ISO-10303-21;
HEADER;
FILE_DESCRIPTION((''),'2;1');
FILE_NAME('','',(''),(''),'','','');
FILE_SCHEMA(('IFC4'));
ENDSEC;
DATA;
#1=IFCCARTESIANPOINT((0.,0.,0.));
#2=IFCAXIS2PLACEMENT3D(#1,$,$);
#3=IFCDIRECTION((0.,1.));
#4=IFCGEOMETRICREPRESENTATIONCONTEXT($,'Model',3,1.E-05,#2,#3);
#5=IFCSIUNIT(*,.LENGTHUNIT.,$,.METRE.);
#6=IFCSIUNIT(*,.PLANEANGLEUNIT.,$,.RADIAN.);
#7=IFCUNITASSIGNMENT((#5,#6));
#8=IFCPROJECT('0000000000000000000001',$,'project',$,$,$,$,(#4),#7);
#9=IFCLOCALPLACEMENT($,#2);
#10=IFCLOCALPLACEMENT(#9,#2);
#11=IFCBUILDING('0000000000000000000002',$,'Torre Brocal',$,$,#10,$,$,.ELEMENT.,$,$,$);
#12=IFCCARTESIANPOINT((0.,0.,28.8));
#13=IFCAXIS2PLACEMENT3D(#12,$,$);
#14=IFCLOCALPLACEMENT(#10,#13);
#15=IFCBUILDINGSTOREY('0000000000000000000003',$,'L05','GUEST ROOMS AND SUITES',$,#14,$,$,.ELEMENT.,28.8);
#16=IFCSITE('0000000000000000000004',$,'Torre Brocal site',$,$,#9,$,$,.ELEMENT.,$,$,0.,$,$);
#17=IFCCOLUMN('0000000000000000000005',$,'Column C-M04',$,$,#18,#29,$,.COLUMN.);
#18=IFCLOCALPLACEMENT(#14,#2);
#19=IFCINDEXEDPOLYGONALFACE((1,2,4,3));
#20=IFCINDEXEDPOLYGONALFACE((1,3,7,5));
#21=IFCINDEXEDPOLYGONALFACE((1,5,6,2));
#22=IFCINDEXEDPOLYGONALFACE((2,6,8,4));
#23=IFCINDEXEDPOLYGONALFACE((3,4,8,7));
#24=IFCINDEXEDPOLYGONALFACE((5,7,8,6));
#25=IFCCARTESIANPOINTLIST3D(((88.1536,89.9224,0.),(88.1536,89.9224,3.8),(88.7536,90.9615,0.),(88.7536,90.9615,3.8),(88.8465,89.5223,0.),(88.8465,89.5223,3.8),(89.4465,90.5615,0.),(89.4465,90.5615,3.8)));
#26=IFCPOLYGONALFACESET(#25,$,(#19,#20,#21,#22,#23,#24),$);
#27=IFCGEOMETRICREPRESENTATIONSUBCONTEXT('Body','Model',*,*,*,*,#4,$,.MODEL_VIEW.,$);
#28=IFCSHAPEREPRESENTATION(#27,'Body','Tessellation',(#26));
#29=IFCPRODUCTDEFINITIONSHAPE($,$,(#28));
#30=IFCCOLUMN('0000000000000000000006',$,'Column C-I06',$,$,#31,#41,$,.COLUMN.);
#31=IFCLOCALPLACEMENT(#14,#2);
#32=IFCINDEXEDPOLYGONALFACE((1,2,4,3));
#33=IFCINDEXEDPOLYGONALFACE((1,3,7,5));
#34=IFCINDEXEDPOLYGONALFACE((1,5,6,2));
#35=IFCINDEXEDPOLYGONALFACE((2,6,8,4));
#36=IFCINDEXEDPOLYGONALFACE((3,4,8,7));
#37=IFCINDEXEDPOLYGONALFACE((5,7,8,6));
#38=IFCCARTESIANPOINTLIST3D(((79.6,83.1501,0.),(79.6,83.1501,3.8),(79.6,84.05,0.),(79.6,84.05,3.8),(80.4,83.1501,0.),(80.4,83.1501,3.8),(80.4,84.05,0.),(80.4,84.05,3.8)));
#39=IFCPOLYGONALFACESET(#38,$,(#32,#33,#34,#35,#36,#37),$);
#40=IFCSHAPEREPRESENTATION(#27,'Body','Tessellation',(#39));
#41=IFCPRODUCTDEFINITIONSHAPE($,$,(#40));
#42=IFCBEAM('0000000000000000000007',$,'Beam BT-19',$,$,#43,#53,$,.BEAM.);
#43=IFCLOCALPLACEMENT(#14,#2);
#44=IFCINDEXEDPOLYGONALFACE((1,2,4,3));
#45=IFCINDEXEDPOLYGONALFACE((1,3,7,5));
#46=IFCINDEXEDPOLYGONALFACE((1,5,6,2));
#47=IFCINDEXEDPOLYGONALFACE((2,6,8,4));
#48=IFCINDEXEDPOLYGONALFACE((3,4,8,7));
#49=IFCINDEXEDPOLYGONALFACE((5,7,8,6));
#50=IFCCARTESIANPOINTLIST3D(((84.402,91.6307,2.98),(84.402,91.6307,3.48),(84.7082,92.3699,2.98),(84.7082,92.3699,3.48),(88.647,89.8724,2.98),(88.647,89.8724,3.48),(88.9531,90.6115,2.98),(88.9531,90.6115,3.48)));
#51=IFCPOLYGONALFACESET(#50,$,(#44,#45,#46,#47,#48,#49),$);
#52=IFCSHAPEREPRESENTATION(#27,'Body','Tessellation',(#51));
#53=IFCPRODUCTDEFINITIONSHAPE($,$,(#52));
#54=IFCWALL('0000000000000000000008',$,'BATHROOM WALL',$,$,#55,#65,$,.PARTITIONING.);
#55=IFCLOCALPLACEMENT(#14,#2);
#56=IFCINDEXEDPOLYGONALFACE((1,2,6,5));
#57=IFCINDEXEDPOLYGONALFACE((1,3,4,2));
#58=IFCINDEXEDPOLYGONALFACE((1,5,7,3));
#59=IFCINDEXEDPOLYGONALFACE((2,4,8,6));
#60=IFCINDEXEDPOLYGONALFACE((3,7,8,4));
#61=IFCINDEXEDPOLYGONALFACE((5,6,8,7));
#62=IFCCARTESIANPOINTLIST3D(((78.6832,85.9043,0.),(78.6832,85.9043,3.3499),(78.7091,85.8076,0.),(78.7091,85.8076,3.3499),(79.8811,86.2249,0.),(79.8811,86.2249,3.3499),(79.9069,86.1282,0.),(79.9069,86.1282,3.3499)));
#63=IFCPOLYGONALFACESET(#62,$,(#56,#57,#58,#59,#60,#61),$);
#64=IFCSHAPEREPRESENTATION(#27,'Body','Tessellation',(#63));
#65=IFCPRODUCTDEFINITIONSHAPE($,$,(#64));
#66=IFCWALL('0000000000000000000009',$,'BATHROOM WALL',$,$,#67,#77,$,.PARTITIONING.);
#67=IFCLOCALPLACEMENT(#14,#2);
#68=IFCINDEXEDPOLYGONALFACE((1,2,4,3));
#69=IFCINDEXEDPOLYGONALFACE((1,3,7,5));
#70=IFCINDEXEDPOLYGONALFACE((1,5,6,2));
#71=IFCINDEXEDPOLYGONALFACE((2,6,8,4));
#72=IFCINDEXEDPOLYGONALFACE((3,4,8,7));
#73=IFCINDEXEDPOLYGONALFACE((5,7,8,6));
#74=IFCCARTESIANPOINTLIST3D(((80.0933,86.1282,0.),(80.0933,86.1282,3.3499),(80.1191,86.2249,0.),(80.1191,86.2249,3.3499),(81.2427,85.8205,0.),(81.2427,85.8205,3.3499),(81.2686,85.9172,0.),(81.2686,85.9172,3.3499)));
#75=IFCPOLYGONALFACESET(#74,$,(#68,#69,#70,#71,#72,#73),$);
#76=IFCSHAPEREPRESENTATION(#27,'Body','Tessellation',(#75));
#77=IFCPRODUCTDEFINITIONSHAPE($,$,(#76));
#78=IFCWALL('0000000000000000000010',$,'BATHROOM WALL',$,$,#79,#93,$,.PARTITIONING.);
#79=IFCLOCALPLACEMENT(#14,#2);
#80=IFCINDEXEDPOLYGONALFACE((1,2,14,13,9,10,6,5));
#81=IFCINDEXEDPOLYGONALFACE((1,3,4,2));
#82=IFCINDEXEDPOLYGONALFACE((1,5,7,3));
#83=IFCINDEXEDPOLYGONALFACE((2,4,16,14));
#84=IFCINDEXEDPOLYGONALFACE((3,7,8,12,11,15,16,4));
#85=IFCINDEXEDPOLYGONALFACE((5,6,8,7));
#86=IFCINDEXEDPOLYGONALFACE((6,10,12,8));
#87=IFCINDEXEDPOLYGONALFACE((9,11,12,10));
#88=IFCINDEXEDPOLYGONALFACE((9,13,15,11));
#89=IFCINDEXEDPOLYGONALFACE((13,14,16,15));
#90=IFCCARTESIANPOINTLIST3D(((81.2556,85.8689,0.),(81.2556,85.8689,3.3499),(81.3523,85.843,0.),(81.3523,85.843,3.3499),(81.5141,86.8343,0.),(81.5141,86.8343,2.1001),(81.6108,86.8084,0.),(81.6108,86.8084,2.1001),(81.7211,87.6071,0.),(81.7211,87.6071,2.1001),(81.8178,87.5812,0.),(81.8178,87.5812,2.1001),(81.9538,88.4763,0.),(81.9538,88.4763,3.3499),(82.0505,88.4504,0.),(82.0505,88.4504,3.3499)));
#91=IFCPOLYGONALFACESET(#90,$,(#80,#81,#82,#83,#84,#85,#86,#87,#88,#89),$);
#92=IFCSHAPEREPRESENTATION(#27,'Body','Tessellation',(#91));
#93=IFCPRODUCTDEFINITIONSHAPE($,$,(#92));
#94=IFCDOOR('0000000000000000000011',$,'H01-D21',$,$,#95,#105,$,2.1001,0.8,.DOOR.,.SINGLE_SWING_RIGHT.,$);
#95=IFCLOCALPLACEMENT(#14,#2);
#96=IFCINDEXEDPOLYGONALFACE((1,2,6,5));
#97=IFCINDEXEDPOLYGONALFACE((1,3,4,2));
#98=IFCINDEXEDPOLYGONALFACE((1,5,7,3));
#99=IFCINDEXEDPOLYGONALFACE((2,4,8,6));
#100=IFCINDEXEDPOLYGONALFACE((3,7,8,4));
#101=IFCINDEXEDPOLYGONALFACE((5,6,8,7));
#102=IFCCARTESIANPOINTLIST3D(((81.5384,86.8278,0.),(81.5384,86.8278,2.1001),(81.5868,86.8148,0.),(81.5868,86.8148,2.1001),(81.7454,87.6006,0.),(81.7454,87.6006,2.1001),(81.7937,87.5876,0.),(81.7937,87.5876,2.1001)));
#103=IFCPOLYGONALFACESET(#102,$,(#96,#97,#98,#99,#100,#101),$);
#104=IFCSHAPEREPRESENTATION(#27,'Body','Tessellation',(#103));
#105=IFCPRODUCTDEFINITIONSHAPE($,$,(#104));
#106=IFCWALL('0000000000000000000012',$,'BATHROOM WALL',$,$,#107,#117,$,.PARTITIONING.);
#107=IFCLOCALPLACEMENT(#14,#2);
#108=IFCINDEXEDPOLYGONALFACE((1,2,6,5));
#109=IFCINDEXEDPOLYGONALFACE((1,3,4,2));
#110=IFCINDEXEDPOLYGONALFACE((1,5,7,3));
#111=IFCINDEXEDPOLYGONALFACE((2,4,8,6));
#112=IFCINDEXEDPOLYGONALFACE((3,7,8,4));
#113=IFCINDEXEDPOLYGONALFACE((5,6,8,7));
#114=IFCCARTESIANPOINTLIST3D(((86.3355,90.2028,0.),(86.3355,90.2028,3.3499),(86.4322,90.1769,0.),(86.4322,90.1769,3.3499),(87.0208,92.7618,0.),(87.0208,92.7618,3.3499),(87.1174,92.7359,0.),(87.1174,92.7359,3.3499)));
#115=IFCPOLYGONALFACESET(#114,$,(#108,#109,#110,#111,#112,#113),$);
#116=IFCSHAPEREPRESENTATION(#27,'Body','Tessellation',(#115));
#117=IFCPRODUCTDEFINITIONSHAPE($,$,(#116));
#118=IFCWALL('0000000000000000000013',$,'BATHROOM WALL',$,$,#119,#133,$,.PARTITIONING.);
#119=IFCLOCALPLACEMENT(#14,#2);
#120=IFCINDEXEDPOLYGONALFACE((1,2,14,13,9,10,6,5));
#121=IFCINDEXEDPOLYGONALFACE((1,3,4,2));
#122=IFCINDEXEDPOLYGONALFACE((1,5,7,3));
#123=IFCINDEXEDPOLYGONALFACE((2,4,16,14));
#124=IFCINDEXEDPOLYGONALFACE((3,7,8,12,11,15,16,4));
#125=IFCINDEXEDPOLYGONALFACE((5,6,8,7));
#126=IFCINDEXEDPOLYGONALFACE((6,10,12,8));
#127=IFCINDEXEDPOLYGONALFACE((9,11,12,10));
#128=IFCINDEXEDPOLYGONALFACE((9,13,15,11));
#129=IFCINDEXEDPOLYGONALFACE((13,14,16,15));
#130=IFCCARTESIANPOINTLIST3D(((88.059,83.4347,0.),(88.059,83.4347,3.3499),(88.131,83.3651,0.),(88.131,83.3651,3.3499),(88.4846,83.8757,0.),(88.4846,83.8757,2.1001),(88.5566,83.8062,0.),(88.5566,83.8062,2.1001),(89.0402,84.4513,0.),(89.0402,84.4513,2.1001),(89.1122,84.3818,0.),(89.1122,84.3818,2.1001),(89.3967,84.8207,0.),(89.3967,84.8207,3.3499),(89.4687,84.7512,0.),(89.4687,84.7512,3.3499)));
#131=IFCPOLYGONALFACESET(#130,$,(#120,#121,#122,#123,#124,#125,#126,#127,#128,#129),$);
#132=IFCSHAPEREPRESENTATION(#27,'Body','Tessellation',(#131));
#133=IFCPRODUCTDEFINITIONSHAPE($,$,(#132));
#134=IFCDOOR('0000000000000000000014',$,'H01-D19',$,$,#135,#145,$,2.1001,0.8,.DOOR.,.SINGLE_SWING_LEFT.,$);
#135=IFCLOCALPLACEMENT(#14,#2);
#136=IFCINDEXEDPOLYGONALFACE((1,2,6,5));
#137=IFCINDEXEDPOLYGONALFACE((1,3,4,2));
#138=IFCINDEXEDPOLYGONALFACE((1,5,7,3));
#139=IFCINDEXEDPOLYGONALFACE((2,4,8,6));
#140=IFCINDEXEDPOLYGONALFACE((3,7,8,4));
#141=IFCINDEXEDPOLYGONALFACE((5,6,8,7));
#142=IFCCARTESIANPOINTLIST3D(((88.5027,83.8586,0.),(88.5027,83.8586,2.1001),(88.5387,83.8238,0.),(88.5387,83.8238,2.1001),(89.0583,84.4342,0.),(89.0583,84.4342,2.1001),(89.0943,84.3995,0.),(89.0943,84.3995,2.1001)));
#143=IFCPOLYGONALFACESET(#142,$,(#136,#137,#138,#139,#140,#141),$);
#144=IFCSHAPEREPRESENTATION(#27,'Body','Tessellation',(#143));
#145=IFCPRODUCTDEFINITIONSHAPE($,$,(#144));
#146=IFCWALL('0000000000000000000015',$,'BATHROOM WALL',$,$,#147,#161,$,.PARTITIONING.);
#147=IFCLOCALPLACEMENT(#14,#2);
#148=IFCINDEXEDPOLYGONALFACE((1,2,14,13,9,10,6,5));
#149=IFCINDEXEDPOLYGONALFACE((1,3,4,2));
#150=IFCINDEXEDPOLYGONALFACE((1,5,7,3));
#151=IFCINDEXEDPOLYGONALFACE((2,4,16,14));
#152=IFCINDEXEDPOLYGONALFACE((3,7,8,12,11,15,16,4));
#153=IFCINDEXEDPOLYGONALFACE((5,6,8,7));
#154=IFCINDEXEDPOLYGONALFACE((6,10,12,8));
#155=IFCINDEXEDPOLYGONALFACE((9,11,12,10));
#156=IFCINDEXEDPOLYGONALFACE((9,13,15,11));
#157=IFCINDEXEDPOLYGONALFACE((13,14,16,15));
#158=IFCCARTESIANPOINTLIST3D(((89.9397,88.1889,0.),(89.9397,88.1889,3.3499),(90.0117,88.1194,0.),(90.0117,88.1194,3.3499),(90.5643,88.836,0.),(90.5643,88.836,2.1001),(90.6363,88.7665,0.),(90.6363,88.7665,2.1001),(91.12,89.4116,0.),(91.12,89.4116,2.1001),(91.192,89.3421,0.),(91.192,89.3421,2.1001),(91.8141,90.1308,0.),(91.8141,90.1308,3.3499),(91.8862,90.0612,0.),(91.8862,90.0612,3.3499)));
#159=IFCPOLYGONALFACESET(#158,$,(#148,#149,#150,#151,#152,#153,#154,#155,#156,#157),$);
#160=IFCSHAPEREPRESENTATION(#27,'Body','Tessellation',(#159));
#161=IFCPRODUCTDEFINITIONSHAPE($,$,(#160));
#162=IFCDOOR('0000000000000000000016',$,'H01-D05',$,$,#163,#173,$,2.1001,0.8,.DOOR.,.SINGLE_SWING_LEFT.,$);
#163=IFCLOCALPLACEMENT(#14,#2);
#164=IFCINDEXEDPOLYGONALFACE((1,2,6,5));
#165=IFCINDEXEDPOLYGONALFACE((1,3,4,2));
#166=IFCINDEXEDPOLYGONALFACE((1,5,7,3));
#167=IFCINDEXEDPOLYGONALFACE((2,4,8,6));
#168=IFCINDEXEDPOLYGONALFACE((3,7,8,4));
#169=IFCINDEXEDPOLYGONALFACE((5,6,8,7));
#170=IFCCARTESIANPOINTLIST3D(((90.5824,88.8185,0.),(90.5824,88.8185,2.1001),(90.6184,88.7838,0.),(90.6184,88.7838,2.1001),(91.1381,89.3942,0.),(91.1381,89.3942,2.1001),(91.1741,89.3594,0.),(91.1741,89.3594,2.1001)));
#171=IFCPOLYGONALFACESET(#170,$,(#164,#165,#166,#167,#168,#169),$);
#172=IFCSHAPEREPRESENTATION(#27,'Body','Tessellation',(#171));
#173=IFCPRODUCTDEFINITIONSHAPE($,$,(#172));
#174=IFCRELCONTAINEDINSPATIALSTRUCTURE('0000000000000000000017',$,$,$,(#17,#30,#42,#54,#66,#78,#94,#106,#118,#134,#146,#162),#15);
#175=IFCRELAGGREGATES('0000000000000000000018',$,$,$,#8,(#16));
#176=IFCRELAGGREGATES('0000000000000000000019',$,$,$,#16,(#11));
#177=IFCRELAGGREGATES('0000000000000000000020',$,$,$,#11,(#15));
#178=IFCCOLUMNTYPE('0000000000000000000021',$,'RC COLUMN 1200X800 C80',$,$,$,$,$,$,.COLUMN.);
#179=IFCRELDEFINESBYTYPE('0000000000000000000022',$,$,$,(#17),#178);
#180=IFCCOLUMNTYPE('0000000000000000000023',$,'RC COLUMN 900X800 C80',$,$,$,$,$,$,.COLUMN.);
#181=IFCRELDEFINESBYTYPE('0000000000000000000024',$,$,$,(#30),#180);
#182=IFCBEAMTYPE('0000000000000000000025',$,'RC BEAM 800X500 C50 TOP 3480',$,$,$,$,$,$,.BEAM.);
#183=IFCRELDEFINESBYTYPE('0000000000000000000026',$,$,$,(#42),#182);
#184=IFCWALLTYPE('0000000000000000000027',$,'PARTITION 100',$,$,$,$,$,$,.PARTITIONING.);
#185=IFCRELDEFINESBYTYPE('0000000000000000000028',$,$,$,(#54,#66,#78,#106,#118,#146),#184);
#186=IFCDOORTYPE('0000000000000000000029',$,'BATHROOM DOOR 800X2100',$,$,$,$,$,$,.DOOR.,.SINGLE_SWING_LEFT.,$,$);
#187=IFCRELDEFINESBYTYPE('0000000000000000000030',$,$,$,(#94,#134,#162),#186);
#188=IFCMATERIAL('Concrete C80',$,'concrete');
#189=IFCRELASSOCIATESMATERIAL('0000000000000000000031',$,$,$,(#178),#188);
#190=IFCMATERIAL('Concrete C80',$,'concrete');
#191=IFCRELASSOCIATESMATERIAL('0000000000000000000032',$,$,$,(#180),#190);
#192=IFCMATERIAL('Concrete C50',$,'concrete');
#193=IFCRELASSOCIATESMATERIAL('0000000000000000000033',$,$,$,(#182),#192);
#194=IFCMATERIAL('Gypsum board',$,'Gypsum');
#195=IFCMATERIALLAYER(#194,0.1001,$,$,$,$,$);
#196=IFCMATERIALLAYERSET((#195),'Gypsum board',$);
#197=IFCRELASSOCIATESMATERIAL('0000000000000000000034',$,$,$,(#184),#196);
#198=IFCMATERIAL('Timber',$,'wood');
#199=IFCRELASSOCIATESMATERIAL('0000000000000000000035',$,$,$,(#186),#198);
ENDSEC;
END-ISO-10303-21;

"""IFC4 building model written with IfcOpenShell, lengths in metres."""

from ifc_helpers import new_model, si_unit, direction, frame, frame_2d, origin, origin_2d, place, context, subcontext, project, spatial, rectangle, extrude, material, layer, layer_set, material_profile, profile_set, type_object, element, fill, save


model = new_model("IFC4")

# Units and contexts
model_context = context("Model", 3, precision=1e-05, world=origin(), true_north=direction((0.0, 1.0)))
body_context = subcontext(model_context, "Body", "Model", "MODEL_VIEW")
ifc_project = project(units=[si_unit("LENGTHUNIT", "METRE"), si_unit("PLANEANGLEUNIT", "RADIAN")], contexts=[model_context])

# Site, building, storey
site_placement = place(None, origin())
site = spatial("IfcSite", under=ifc_project, at=site_placement, Name="Torre Brocal site", CompositionType="ELEMENT", RefElevation=0.0)
building_placement = place(site_placement, origin())
building = spatial("IfcBuilding", under=site, at=building_placement, Name="Torre Brocal", CompositionType="ELEMENT")
storey_placement = place(building_placement, frame((0.0, 0.0, 28.8)))
storey = spatial("IfcBuildingStorey", under=building, at=storey_placement, Name="L05", Description="GUEST ROOMS AND SUITES", CompositionType="ELEMENT", Elevation=28.8)

# Columns
ifc_material_1 = material(Name="Concrete C80", Category="concrete")
ifc_material_profile_1 = material_profile(ifc_material_1, rectangle(XDim=1.2, YDim=0.8, at=origin_2d()), Name="RC 1200X800")
ifc_profile_set_1 = profile_set([ifc_material_profile_1], Name="Concrete C80")
column_type_1 = type_object("IfcColumnType", Name="RC COLUMN 1200X800 C80", PredefinedType="COLUMN", material=ifc_profile_set_1)
column_1_placement = place(storey_placement, frame((88.8, 90.2419, 0.0), z_axis=(0.0, 0.0, 1.0), x_axis=(0.5, 0.866025, 0.0)))
element("IfcColumn", 1, at=column_1_placement, inside=storey, type_object=column_type_1, Name="Column C-M04", PredefinedType="COLUMN", context=body_context, shape_type="SweptSolid", body=[
    extrude(rectangle(XDim=1.2, YDim=0.8, at=origin_2d()), origin(), (0.0, 0.0, 1.0), 3.8),
])
ifc_material_2 = material(Name="Concrete C80", Category="concrete")
ifc_material_profile_2 = material_profile(ifc_material_2, rectangle(XDim=0.8999, YDim=0.8, at=origin_2d()), Name="RC 900X800")
ifc_profile_set_2 = profile_set([ifc_material_profile_2], Name="Concrete C80")
column_type_2 = type_object("IfcColumnType", Name="RC COLUMN 900X800 C80", PredefinedType="COLUMN", material=ifc_profile_set_2)
column_2_placement = place(storey_placement, frame((80.0, 83.6001, 0.0), z_axis=(0.0, 0.0, 1.0), x_axis=(0.0, 1.0, 0.0)))
element("IfcColumn", 2, at=column_2_placement, inside=storey, type_object=column_type_2, Name="Column C-I06", PredefinedType="COLUMN", context=body_context, shape_type="SweptSolid", body=[
    extrude(rectangle(XDim=0.8999, YDim=0.8, at=origin_2d()), origin(), (0.0, 0.0, 1.0), 3.8),
])

# Beam
ifc_material_3 = material(Name="Concrete C50", Category="concrete")
ifc_material_profile_3 = material_profile(ifc_material_3, rectangle(XDim=0.8, YDim=0.5, at=origin_2d()), Name="RC 800X500")
ifc_profile_set_3 = profile_set([ifc_material_profile_3], Name="Concrete C50")
beam_type = type_object("IfcBeamType", Name="RC BEAM 800X500 C50 TOP 3480", PredefinedType="BEAM", material=ifc_profile_set_3)
beam_placement = place(storey_placement, frame((88.8, 90.2419, 3.23), z_axis=(-0.923878, 0.382687, 0.0), x_axis=(-0.382687, -0.923878, 0.0)))
element("IfcBeam", 3, at=beam_placement, inside=storey, type_object=beam_type, Name="Beam BT-19", PredefinedType="BEAM", context=body_context, shape_type="SweptSolid", body=[
    extrude(rectangle(XDim=0.8, YDim=0.5, at=origin_2d()), origin(), (0.0, 0.0, 1.0), 4.5947),
])

# Walls
ifc_material_4 = material(Name="Gypsum board", Category="Gypsum")
ifc_layer_1 = layer(ifc_material_4, 0.1001)
ifc_layer_set_1 = layer_set([ifc_layer_1], Name="Gypsum board")
wall_type_1 = type_object("IfcWallType", Name="PARTITION 100", PredefinedType="PARTITIONING", material=ifc_layer_set_1)
wall_1_placement = place(storey_placement, frame((78.696, 85.856, 0.0), z_axis=(0.0, 0.0, 1.0), x_axis=(0.966003, 0.258533, 0.0)))
element("IfcWall", 4, at=wall_1_placement, inside=storey, type_object=wall_type_1, Name="BATHROOM WALL", PredefinedType="PARTITIONING", context=body_context, shape_type="SweptSolid", body=[
    extrude(rectangle(XDim=1.24, YDim=0.1001, at=frame_2d((0.6201, 0.0))), origin(), (0.0, 0.0, 1.0), 3.3499),
])
wall_2_placement = place(storey_placement, frame((80.1062, 86.1765, 0.0), z_axis=(0.0, 0.0, 1.0), x_axis=(0.966003, -0.258531, 0.0)))
element("IfcWall", 5, at=wall_2_placement, inside=storey, type_object=wall_type_1, Name="BATHROOM WALL", PredefinedType="PARTITIONING", context=body_context, shape_type="SweptSolid", body=[
    extrude(rectangle(XDim=1.1899, YDim=0.1001, at=frame_2d((0.595, 0.0))), origin(), (0.0, 0.0, 1.0), 3.3499),
])

# Wall, opening, door
wall_3_placement = place(storey_placement, frame((81.304, 85.856, 0.0), z_axis=(0.0, 0.0, 1.0), x_axis=(0.258676, 0.965964, 0.0)))
wall_3 = element("IfcWall", 6, at=wall_3_placement, inside=storey, type_object=wall_type_1, Name="BATHROOM WALL", PredefinedType="PARTITIONING", context=body_context, shape_type="SweptSolid", body=[
    extrude(rectangle(XDim=2.6992, YDim=0.1001, at=frame_2d((1.3496, 0.0))), origin(), (0.0, 0.0, 1.0), 3.3499),
])
opening_1_placement = place(wall_3_placement, frame((0.9995, 0.0, 0.0)))
opening_1 = element("IfcOpeningElement", 7, at=opening_1_placement, cuts=wall_3, PredefinedType="OPENING", context=body_context, shape_type="SweptSolid", body=[
    extrude(rectangle(XDim=0.8, YDim=2.1001, at=frame_2d((0.3999, 1.05))), frame((0.0, 0.0601, 0.0), z_axis=(0.0, -1.0, 0.0), x_axis=(1.0, 0.0, 0.0)), (0.0, 0.0, 1.0), 0.1201),
])
ifc_material_5 = material(Name="Timber", Category="wood")
door_type_1 = type_object("IfcDoorType", Name="BATHROOM DOOR 800X2100", OperationType="SINGLE_SWING_LEFT", PredefinedType="DOOR", material=ifc_material_5)
door_1_placement = place(opening_1_placement, origin())
door_1 = element("IfcDoor", 8, at=door_1_placement, inside=storey, type_object=door_type_1, Name="H01-D21", OperationType="SINGLE_SWING_RIGHT", OverallHeight=2.1001, OverallWidth=0.8, PredefinedType="DOOR", context=body_context, shape_type="SweptSolid", body=[
    extrude(rectangle(XDim=0.8, YDim=2.1001, at=frame_2d((0.3999, 1.05))), frame((0.0, 0.0249, 0.0), z_axis=(0.0, -1.0, 0.0), x_axis=(1.0, 0.0, 0.0)), (0.0, 0.0, 1.0), 0.05),
])
fill(opening_1, door_1)

# Wall
wall_4_placement = place(storey_placement, frame((86.3838, 90.1897, 0.0), z_axis=(0.0, 0.0, 1.0), x_axis=(0.258678, 0.965964, 0.0)))
element("IfcWall", 9, at=wall_4_placement, inside=storey, type_object=wall_type_1, Name="BATHROOM WALL", PredefinedType="PARTITIONING", context=body_context, shape_type="SweptSolid", body=[
    extrude(rectangle(XDim=2.6492, YDim=0.1001, at=frame_2d((1.3247, 0.0))), origin(), (0.0, 0.0, 1.0), 3.3499),
])

# Walls, openings, doors
wall_5_placement = place(storey_placement, frame((88.095, 83.3999, 0.0), z_axis=(0.0, 0.0, 1.0), x_axis=(0.694447, 0.719543, 0.0)))
wall_5 = element("IfcWall", 10, at=wall_5_placement, inside=storey, type_object=wall_type_1, Name="BATHROOM WALL", PredefinedType="PARTITIONING", context=body_context, shape_type="SweptSolid", body=[
    extrude(rectangle(XDim=1.9263, YDim=0.1001, at=frame_2d((0.9631, 0.0))), origin(), (0.0, 0.0, 1.0), 3.3499),
])
opening_2_placement = place(wall_5_placement, frame((0.613, 0.0, 0.0)))
opening_2 = element("IfcOpeningElement", 11, at=opening_2_placement, cuts=wall_5, PredefinedType="OPENING", context=body_context, shape_type="SweptSolid", body=[
    extrude(rectangle(XDim=0.8, YDim=2.1001, at=frame_2d((0.3999, 1.05))), frame((0.0, 0.0601, 0.0), z_axis=(0.0, -1.0, 0.0), x_axis=(1.0, 0.0, 0.0)), (0.0, 0.0, 1.0), 0.1201),
])
door_2_placement = place(opening_2_placement, frame((0.8, 0.0, 0.0), z_axis=(0.0, 0.0, 1.0), x_axis=(-1.0, 0.0, 0.0)))
door_2 = element("IfcDoor", 12, at=door_2_placement, inside=storey, type_object=door_type_1, Name="H01-D19", OperationType="SINGLE_SWING_LEFT", OverallHeight=2.1001, OverallWidth=0.8, PredefinedType="DOOR", context=body_context, shape_type="SweptSolid", body=[
    extrude(rectangle(XDim=0.8, YDim=2.1001, at=frame_2d((0.3999, 1.05))), frame((0.0, 0.0249, 0.0), z_axis=(0.0, -1.0, 0.0), x_axis=(1.0, 0.0, 0.0)), (0.0, 0.0, 1.0), 0.05),
])
fill(opening_2, door_2)
wall_6_placement = place(storey_placement, frame((89.9756, 88.1541, 0.0), z_axis=(0.0, 0.0, 1.0), x_axis=(0.694514, 0.719479, 0.0)))
wall_6 = element("IfcWall", 13, at=wall_6_placement, inside=storey, type_object=wall_type_1, Name="BATHROOM WALL", PredefinedType="PARTITIONING", context=body_context, shape_type="SweptSolid", body=[
    extrude(rectangle(XDim=2.699, YDim=0.1001, at=frame_2d((1.3496, 0.0))), origin(), (0.0, 0.0, 1.0), 3.3499),
])
opening_3_placement = place(wall_6_placement, frame((0.8997, 0.0, 0.0)))
opening_3 = element("IfcOpeningElement", 14, at=opening_3_placement, cuts=wall_6, PredefinedType="OPENING", context=body_context, shape_type="SweptSolid", body=[
    extrude(rectangle(XDim=0.8, YDim=2.1001, at=frame_2d((0.3999, 1.05))), frame((0.0, 0.0601, 0.0), z_axis=(0.0, -1.0, 0.0), x_axis=(1.0, 0.0, 0.0)), (0.0, 0.0, 1.0), 0.1201),
])
door_3_placement = place(opening_3_placement, origin())
door_3 = element("IfcDoor", 15, at=door_3_placement, inside=storey, type_object=door_type_1, Name="H01-D05", OperationType="SINGLE_SWING_LEFT", OverallHeight=2.1001, OverallWidth=0.8, PredefinedType="DOOR", context=body_context, shape_type="SweptSolid", body=[
    extrude(rectangle(XDim=0.8, YDim=2.1001, at=frame_2d((0.3999, 1.05))), frame((0.0, 0.0249, 0.0), z_axis=(0.0, -1.0, 0.0), x_axis=(1.0, 0.0, 0.0)), (0.0, 0.0, 1.0), 0.05),
])
fill(opening_3, door_3)

save(model, "model.ifc")
